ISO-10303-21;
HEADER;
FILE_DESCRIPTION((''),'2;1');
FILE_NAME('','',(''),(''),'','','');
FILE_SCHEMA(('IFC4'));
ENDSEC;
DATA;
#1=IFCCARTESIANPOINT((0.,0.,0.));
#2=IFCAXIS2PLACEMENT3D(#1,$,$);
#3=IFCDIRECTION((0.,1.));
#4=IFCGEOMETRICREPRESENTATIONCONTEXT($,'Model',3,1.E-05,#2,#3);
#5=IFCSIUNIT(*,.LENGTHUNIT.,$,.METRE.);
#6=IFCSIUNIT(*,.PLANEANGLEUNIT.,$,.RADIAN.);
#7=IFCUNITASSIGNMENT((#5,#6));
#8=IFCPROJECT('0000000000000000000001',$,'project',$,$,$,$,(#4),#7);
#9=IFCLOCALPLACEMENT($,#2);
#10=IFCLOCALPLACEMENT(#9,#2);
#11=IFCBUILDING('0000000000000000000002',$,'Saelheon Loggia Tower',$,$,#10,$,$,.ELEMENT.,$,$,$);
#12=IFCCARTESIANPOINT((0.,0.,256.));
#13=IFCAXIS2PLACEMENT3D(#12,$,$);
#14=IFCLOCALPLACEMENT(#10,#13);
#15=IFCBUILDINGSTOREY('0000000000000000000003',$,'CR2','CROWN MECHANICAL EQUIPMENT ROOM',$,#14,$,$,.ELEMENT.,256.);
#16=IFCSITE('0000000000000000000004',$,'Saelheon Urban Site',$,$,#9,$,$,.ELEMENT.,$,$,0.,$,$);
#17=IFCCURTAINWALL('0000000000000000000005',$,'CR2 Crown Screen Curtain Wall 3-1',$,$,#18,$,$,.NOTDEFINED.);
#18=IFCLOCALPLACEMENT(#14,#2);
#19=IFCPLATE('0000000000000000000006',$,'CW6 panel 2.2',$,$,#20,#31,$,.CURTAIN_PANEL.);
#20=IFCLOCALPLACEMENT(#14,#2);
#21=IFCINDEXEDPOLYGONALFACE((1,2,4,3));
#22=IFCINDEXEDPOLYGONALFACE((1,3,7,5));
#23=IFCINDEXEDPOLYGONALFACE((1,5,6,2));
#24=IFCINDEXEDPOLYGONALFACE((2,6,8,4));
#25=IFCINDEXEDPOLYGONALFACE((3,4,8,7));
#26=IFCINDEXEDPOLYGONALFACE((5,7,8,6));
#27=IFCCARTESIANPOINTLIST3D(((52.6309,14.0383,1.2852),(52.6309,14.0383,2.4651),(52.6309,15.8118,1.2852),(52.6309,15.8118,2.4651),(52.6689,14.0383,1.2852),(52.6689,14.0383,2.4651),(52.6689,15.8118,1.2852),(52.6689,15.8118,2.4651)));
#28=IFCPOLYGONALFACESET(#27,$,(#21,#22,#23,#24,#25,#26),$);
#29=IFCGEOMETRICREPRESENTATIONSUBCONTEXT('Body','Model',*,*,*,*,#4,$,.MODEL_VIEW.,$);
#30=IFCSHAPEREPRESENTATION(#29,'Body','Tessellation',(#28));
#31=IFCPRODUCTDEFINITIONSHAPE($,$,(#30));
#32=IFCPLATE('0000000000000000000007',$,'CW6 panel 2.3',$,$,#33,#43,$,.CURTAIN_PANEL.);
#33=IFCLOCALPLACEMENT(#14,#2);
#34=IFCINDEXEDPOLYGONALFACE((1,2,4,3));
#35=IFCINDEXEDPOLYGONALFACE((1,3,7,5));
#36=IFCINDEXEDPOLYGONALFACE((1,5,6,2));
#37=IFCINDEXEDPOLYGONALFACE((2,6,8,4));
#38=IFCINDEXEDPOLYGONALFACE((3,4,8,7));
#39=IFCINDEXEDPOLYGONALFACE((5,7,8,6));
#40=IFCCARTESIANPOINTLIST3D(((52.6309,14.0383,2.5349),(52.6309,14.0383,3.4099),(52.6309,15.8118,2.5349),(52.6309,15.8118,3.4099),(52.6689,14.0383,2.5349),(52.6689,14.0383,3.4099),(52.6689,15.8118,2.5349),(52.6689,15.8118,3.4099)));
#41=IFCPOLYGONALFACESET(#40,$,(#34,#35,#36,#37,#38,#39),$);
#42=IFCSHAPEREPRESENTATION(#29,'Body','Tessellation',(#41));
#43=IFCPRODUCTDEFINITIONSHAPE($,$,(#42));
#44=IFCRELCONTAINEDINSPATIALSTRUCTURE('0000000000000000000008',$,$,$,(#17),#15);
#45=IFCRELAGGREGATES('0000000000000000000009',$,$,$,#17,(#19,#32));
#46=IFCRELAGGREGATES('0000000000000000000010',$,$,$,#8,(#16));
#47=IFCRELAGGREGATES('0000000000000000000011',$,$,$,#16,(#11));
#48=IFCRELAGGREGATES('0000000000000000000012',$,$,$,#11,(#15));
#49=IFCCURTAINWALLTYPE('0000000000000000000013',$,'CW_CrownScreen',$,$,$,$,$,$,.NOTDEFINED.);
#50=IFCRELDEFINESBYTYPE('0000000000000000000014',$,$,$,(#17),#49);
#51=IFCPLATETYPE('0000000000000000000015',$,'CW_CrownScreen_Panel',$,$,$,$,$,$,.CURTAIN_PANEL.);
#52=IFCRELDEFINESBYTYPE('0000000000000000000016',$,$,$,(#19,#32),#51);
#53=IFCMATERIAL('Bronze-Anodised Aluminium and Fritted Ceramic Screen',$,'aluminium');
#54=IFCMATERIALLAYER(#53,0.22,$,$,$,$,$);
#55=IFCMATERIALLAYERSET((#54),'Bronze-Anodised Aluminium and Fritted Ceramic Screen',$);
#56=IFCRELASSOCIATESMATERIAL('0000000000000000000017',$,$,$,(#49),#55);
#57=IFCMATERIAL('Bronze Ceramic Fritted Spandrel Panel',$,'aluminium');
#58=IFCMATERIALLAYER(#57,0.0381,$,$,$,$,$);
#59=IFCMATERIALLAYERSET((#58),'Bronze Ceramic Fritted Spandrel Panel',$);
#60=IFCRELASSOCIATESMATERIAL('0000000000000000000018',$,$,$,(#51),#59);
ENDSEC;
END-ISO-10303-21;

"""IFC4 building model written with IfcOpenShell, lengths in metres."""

from ifc_helpers import new_model, si_unit, direction, frame, origin, origin_2d, place, context, subcontext, project, spatial, rectangle, extrude, source, transform, mapped, material, layer, layer_set, type_object, element, aggregate, save


model = new_model("IFC4")

# Units and contexts
model_context = context("Model", 3, precision=1e-05, world=origin(), true_north=direction((0.0, 1.0)))
body_context = subcontext(model_context, "Body", "Model", "MODEL_VIEW")
ifc_project = project(units=[si_unit("LENGTHUNIT", "METRE"), si_unit("PLANEANGLEUNIT", "RADIAN")], contexts=[model_context])

# Site, building, storey
site_placement = place(None, origin())
site = spatial("IfcSite", under=ifc_project, at=site_placement, Name="Saelheon Urban Site", CompositionType="ELEMENT", RefElevation=0.0)
building_placement = place(site_placement, origin())
building = spatial("IfcBuilding", under=site, at=building_placement, Name="Saelheon Loggia Tower", CompositionType="ELEMENT")
storey_placement = place(building_placement, frame((0.0, 0.0, 256.0)))
storey = spatial("IfcBuildingStorey", under=building, at=storey_placement, Name="CR2", Description="CROWN MECHANICAL EQUIPMENT ROOM", CompositionType="ELEMENT", Elevation=256.0)

# Curtain wall, plates
ifc_material_1 = material(Name="Bronze-Anodised Aluminium and Fritted Ceramic Screen", Category="aluminium")
ifc_layer_1 = layer(ifc_material_1, 0.22)
ifc_layer_set_1 = layer_set([ifc_layer_1], Name="Bronze-Anodised Aluminium and Fritted Ceramic Screen")
curtain_wall_type = type_object("IfcCurtainWallType", Name="CW_CrownScreen", PredefinedType="NOTDEFINED", material=ifc_layer_set_1)
curtain_wall_placement = place(storey_placement, origin())
curtain_wall = element("IfcCurtainWall", 1, at=curtain_wall_placement, inside=storey, type_object=curtain_wall_type, Name="CR2 Crown Screen Curtain Wall 3-1", PredefinedType="NOTDEFINED")
ifc_material_2 = material(Name="Bronze Ceramic Fritted Spandrel Panel", Category="aluminium")
ifc_layer_2 = layer(ifc_material_2, 0.0381)
ifc_layer_set_2 = layer_set([ifc_layer_2], Name="Bronze Ceramic Fritted Spandrel Panel")
plate_type = type_object("IfcPlateType", Name="CW_CrownScreen_Panel", PredefinedType="CURTAIN_PANEL", material=ifc_layer_set_2)
shared_shape_1 = source(origin(), body_context, "Body", "SweptSolid", [
    extrude(rectangle(XDim=1.7734, YDim=0.0381, at=origin_2d()), origin(), (0.0, 0.0, 1.0), 1.1799),
])
plate_1_placement = place(storey_placement, frame((52.6499, 14.925, 1.2852), z_axis=(0.0, 0.0, 1.0), x_axis=(0.0, 1.0, 0.0)))
plate_1 = element("IfcPlate", 2, at=plate_1_placement, type_object=plate_type, Name="CW6 panel 2.2", PredefinedType="CURTAIN_PANEL", context=body_context, shape_type="MappedRepresentation", body=[
    mapped(shared_shape_1, transform((0.0, 0.0, 0.0), scale=1.0)),
])
shared_shape_2 = source(origin(), body_context, "Body", "SweptSolid", [
    extrude(rectangle(XDim=1.7734, YDim=0.0381, at=origin_2d()), origin(), (0.0, 0.0, 1.0), 0.875),
])
plate_2_placement = place(storey_placement, frame((52.6499, 14.925, 2.5349), z_axis=(0.0, 0.0, 1.0), x_axis=(0.0, 1.0, 0.0)))
plate_2 = element("IfcPlate", 3, at=plate_2_placement, type_object=plate_type, Name="CW6 panel 2.3", PredefinedType="CURTAIN_PANEL", context=body_context, shape_type="MappedRepresentation", body=[
    mapped(shared_shape_2, transform((0.0, 0.0, 0.0), scale=1.0)),
])
aggregate(curtain_wall, [plate_1, plate_2])

save(model, "model.ifc")
